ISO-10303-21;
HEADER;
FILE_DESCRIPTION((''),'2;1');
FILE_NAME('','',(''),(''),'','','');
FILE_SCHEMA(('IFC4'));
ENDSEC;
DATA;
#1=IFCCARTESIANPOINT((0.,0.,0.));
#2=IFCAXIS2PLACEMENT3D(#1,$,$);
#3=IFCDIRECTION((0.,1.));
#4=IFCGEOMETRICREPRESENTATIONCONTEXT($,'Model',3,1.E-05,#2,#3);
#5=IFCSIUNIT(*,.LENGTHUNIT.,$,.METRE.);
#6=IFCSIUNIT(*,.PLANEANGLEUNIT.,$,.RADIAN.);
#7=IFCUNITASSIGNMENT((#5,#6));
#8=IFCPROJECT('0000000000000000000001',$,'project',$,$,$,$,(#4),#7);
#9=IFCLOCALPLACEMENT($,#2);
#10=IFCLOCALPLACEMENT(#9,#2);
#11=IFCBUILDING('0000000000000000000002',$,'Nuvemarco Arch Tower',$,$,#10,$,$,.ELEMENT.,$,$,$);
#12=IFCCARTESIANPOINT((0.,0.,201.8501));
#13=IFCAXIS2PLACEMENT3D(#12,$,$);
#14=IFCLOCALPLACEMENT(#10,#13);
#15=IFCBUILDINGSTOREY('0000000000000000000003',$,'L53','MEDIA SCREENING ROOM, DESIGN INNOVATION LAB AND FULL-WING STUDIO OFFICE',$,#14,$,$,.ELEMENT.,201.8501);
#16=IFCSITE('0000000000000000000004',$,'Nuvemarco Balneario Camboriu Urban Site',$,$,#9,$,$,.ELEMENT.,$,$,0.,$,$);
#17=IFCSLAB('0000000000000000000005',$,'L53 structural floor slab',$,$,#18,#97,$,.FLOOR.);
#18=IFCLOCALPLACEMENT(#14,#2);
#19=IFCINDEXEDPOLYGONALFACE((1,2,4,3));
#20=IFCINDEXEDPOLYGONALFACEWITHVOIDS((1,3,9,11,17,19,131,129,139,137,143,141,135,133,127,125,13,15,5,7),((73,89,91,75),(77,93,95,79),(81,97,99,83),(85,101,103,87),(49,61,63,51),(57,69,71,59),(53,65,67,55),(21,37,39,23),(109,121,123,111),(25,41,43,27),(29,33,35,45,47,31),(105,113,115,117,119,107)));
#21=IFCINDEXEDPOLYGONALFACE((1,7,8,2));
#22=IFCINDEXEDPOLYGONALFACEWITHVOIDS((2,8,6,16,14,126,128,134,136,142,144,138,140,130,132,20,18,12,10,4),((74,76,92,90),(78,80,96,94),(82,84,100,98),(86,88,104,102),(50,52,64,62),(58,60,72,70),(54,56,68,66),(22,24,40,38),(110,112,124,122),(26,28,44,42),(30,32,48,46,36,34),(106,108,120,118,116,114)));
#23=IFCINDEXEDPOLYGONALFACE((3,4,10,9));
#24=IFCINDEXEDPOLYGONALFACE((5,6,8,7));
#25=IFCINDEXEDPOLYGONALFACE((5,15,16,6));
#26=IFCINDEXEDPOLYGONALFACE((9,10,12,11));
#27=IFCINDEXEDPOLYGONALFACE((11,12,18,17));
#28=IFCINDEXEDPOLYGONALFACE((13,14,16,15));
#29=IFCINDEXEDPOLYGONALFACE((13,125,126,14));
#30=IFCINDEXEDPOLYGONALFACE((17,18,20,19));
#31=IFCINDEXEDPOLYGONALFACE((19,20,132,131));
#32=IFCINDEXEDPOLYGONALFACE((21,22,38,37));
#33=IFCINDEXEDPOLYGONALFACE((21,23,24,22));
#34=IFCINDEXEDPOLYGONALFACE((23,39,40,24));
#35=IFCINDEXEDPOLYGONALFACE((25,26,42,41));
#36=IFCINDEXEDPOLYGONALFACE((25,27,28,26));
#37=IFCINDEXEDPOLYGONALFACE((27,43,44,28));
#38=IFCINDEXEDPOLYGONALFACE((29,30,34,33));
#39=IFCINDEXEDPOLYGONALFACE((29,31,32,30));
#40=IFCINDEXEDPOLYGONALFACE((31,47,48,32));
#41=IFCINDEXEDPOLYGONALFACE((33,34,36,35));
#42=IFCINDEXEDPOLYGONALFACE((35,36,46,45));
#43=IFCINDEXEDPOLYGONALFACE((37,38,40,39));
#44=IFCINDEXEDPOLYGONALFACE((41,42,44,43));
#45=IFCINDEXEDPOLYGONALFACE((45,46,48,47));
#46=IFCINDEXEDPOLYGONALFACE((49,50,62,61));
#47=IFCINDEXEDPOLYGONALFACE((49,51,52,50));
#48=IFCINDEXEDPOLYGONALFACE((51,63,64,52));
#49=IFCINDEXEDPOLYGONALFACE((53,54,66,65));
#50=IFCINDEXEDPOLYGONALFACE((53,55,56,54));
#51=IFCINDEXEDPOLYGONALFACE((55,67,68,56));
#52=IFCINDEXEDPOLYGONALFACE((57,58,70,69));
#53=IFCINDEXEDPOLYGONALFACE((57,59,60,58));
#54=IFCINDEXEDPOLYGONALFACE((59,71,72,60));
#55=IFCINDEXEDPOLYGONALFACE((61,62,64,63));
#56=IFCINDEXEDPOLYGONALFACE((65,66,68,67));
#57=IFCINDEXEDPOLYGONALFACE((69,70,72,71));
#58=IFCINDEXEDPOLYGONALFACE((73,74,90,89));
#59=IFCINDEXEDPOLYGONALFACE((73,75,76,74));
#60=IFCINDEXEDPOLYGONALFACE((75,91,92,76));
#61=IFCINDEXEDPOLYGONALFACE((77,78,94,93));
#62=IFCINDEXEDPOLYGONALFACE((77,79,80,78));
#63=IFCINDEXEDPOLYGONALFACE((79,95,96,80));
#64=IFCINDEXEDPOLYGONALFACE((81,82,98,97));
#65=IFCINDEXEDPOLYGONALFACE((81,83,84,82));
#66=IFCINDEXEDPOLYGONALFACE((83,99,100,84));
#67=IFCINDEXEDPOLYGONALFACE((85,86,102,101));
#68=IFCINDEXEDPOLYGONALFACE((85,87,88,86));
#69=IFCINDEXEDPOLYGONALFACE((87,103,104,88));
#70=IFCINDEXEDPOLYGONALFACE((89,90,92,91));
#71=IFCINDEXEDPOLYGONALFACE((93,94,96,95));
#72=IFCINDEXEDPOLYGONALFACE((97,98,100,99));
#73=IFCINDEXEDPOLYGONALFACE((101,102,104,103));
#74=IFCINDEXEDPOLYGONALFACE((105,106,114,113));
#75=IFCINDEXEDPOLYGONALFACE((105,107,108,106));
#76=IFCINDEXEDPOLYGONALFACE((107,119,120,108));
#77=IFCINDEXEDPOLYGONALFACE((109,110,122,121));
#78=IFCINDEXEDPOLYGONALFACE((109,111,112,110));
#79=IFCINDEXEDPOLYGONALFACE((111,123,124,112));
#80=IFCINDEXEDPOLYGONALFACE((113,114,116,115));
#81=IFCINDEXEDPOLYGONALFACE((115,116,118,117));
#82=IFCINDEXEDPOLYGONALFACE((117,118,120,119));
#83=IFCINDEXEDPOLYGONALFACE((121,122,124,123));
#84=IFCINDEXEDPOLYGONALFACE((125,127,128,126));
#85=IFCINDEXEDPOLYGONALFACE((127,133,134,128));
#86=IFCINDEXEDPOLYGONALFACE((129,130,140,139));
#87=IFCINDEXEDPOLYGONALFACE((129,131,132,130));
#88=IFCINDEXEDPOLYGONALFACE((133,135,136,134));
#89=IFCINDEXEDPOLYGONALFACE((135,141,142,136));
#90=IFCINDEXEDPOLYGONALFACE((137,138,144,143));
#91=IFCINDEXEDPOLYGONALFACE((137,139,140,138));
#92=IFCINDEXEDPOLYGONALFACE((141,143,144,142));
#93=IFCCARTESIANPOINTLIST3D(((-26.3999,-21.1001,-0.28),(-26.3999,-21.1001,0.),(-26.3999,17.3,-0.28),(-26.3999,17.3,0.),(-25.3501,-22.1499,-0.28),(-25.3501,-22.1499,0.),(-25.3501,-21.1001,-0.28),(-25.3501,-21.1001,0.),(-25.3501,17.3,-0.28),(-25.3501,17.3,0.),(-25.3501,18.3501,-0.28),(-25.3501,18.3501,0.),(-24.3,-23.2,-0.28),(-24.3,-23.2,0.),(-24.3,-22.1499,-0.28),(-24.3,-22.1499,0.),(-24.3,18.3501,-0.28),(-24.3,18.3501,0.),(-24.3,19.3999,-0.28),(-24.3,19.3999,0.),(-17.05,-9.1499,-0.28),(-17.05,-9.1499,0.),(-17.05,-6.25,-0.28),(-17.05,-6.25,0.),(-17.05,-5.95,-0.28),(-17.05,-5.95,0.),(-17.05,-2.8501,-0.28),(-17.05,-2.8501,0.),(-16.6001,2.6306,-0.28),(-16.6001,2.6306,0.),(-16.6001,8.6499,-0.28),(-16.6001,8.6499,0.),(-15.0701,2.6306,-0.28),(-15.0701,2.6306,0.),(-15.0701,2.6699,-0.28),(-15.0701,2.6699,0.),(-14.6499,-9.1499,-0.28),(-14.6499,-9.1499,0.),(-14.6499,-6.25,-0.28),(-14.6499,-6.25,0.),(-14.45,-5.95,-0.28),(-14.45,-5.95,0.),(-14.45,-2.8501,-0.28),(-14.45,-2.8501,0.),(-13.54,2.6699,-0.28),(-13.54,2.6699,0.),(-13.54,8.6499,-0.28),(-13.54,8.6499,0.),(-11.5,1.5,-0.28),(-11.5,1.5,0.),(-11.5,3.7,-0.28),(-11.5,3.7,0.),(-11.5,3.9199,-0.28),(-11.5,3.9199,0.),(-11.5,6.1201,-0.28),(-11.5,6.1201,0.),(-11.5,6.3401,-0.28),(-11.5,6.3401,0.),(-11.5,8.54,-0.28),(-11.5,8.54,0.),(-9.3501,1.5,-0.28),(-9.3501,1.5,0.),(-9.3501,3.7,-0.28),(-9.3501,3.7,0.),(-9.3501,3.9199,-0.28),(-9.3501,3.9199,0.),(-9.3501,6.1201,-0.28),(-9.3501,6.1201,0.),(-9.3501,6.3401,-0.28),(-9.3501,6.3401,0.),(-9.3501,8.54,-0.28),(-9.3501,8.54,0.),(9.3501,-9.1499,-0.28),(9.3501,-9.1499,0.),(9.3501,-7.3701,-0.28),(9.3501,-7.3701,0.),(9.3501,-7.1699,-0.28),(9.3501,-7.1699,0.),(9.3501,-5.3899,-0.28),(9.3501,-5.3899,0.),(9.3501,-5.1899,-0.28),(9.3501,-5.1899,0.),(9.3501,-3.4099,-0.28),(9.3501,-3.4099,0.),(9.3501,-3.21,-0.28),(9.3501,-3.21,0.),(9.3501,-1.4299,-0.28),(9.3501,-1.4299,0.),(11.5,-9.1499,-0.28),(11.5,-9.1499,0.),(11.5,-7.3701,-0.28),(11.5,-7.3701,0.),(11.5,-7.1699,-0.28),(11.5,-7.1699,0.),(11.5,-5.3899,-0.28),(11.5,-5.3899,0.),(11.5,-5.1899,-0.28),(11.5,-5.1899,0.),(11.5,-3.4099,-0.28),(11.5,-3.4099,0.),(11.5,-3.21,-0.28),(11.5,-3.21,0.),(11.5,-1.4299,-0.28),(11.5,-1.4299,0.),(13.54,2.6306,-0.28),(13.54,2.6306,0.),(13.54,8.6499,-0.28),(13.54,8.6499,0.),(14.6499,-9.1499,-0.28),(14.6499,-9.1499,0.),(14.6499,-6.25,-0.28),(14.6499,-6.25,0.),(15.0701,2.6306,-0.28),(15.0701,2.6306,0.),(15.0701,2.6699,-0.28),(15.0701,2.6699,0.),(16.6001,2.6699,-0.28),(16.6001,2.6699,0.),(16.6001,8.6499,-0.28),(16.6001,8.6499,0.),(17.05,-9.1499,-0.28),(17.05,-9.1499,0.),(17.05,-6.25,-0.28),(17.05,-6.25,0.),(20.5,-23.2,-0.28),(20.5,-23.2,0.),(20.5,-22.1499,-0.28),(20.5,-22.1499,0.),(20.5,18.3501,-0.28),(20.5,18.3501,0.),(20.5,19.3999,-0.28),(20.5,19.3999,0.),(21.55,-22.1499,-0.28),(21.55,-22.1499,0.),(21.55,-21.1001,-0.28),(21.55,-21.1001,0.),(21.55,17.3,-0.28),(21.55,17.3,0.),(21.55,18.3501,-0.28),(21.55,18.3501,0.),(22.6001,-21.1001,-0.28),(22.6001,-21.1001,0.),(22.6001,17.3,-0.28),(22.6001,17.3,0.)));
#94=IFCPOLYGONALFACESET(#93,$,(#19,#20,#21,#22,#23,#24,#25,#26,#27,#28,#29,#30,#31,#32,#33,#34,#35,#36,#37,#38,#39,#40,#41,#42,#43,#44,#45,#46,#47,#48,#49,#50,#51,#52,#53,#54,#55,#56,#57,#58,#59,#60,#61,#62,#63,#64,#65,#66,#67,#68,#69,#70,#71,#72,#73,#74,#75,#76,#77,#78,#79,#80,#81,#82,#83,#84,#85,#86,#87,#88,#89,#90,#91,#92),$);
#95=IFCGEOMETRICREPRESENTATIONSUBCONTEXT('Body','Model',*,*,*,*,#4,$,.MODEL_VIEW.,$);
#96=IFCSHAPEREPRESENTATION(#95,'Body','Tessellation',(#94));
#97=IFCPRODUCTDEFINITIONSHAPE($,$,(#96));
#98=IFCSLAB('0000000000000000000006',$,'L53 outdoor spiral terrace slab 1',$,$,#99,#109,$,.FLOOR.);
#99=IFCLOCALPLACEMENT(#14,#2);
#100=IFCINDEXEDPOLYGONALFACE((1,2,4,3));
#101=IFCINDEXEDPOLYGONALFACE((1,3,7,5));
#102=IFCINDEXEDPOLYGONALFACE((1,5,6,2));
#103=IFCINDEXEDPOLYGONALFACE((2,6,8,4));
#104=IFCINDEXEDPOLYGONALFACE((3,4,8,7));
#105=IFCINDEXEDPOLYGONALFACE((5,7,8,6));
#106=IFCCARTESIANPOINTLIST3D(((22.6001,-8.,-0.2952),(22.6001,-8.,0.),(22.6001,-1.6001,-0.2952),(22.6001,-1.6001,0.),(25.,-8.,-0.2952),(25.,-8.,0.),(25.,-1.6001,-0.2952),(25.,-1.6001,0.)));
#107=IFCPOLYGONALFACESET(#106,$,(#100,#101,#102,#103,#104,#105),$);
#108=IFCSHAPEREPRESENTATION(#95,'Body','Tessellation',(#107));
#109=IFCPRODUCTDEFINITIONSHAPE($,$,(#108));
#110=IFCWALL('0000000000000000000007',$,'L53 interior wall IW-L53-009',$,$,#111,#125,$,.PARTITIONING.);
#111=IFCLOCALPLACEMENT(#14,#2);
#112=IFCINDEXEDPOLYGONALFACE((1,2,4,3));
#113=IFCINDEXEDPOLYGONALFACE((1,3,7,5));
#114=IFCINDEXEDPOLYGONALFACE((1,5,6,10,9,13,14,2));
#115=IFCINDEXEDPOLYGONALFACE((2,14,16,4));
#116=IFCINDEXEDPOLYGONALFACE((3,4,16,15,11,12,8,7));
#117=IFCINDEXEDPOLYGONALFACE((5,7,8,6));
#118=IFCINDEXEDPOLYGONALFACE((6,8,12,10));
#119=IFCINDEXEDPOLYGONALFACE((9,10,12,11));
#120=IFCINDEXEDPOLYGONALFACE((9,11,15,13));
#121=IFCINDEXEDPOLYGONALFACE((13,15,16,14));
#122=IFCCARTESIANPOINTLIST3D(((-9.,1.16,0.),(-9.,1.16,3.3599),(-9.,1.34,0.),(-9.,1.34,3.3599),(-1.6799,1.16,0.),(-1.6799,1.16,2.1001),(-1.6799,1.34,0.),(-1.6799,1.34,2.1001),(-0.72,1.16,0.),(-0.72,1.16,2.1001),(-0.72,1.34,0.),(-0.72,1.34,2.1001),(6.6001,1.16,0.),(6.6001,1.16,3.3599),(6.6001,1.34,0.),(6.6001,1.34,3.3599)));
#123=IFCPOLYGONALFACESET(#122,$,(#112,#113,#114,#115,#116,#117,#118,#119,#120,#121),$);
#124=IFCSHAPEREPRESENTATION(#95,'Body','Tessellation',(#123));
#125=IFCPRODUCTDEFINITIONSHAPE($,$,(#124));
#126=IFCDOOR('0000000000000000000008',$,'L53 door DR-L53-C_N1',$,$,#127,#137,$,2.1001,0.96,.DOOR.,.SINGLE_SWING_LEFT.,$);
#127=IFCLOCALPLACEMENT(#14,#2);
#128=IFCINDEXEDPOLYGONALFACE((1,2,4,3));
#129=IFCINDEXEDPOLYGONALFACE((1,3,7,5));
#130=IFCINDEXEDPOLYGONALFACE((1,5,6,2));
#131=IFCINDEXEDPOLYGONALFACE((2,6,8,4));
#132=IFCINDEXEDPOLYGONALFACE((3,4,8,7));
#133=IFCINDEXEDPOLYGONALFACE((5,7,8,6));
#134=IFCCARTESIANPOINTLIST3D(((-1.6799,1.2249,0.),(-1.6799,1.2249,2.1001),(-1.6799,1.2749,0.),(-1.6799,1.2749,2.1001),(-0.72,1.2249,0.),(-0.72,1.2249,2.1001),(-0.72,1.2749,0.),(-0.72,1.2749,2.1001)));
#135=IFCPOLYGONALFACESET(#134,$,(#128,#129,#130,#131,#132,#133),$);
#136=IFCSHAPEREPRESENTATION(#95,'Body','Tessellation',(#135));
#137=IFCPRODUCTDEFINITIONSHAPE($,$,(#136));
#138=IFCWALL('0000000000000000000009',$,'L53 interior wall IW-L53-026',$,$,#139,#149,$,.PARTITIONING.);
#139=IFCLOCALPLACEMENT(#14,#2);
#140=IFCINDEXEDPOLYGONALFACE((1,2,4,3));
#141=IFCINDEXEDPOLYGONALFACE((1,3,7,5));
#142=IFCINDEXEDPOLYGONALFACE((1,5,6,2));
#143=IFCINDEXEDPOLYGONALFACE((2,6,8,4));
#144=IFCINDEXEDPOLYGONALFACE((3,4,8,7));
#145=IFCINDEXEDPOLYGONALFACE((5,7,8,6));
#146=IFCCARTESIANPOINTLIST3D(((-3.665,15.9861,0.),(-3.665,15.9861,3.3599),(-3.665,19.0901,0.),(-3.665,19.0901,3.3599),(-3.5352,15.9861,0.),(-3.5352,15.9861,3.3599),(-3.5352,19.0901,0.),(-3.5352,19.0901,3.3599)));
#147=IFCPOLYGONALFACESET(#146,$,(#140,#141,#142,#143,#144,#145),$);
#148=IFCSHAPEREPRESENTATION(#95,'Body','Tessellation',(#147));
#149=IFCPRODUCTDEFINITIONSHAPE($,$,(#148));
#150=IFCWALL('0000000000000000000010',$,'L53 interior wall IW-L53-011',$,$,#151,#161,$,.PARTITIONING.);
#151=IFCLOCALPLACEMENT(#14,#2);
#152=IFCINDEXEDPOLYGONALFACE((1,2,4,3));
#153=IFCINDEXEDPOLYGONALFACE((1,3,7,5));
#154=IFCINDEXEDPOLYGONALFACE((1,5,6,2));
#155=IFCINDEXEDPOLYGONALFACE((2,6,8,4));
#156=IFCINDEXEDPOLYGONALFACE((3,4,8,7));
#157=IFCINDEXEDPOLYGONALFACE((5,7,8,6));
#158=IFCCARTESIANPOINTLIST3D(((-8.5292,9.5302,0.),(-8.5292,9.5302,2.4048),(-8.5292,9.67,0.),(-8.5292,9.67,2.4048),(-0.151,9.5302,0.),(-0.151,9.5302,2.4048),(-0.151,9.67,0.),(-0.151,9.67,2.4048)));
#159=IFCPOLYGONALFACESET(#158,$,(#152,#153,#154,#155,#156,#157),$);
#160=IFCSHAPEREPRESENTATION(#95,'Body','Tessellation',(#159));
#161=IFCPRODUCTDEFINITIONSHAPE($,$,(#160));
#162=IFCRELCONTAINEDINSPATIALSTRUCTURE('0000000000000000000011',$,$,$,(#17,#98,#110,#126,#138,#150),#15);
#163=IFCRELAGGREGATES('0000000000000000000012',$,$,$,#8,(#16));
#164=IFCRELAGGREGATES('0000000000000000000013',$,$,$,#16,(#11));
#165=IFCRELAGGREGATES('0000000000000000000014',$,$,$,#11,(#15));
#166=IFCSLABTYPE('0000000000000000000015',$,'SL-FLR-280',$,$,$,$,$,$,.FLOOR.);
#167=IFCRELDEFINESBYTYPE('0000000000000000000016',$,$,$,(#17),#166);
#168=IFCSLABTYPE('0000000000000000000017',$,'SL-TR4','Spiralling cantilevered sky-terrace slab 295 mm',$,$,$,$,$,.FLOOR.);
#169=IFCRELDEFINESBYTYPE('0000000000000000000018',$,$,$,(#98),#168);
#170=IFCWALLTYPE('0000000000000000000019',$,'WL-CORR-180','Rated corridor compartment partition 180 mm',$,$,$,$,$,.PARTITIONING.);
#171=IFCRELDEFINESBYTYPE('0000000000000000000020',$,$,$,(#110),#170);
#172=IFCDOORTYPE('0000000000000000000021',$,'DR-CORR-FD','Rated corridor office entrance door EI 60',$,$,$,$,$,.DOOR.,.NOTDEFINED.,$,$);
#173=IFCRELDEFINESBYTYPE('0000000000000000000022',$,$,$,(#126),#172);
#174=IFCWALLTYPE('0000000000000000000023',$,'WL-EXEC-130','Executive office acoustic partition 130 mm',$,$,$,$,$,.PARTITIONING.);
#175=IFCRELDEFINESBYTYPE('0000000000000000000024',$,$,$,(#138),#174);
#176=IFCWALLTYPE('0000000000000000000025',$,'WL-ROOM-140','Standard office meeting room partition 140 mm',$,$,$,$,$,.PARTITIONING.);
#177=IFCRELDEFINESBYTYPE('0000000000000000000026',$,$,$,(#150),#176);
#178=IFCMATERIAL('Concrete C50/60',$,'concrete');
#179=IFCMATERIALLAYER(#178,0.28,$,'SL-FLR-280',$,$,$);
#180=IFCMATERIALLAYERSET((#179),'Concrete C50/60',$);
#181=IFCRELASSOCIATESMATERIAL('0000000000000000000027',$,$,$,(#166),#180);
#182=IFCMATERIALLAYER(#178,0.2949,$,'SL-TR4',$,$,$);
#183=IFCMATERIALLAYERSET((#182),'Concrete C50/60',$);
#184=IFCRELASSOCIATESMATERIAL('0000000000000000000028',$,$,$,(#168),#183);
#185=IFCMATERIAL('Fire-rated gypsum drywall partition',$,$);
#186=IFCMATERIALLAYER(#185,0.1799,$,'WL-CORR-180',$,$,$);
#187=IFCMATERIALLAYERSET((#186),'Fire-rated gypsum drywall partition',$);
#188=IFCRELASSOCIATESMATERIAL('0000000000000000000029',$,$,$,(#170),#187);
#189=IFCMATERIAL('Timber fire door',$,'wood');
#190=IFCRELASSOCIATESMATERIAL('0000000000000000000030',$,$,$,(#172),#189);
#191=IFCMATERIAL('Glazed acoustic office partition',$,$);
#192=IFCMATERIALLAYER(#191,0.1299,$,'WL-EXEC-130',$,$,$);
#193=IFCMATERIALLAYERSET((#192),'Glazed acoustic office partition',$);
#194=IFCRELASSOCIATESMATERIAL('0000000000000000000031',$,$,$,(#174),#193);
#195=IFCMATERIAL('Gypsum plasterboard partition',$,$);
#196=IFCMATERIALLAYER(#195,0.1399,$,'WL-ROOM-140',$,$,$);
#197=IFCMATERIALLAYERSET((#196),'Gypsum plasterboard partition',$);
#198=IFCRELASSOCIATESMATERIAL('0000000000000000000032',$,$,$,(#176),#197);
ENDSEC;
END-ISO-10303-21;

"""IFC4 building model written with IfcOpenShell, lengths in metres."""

from ifc_helpers import new_model, si_unit, direction, frame, frame_2d, origin, place, context, subcontext, project, spatial, polyline, rectangle, outline, extrude, source, transform, mapped, material, layer, layer_set, type_object, type_shapes, element, fill, save


model = new_model("IFC4")

# Units and contexts
model_context = context("Model", 3, precision=1e-05, world=origin(), true_north=direction((0.0, 1.0)))
body_context = subcontext(model_context, "Body", "Model", "MODEL_VIEW")
ifc_project = project(units=[si_unit("LENGTHUNIT", "METRE"), si_unit("PLANEANGLEUNIT", "RADIAN")], contexts=[model_context])

# Site, building, storey
site_placement = place(None, origin())
site = spatial("IfcSite", under=ifc_project, at=site_placement, Name="Nuvemarco Balneario Camboriu Urban Site", CompositionType="ELEMENT", RefElevation=0.0)
building_placement = place(site_placement, origin())
building = spatial("IfcBuilding", under=site, at=building_placement, Name="Nuvemarco Arch Tower", CompositionType="ELEMENT")
storey_placement = place(building_placement, frame((0.0, 0.0, 201.8501)))
storey = spatial("IfcBuildingStorey", under=building, at=storey_placement, Name="L53", Description="MEDIA SCREENING ROOM, DESIGN INNOVATION LAB AND FULL-WING STUDIO OFFICE", CompositionType="ELEMENT", Elevation=201.8501)

# Shared definitions
ifc_material_1 = material(Name="Concrete C50/60", Category="concrete")

# Slabs
ifc_layer_1 = layer(ifc_material_1, 0.28, Name="SL-FLR-280")
ifc_layer_set_1 = layer_set([ifc_layer_1], Name="Concrete C50/60")
slab_type_1 = type_object("IfcSlabType", Name="SL-FLR-280", PredefinedType="FLOOR", material=ifc_layer_set_1)
slab_1_placement = place(storey_placement, frame((0.0, 0.0, -0.28)))
element("IfcSlab", 1, at=slab_1_placement, inside=storey, type_object=slab_type_1, Name="L53 structural floor slab", PredefinedType="FLOOR", context=body_context, shape_type="SweptSolid", body=[
    extrude(outline(polyline([(-24.3, -23.2), (20.5, -23.2), (20.5, -22.1499), (21.55, -22.1499), (21.55, -21.1001), (22.6001, -21.1001), (22.6001, 17.3), (21.55, 17.3), (21.55, 18.3501), (20.5, 18.3501), (20.5, 19.3999), (-24.3, 19.3999), (-24.3, 18.3501), (-25.3501, 18.3501), (-25.3501, 17.3), (-26.3999, 17.3), (-26.3999, -21.1001), (-25.3501, -21.1001), (-25.3501, -22.1499), (-24.3, -22.1499), (-24.3, -23.2)]), holes=[polyline([(-13.54, 2.6699), (-13.54, 8.6499), (-16.6001, 8.6499), (-16.6001, 2.6306), (-15.0701, 2.6306), (-15.0701, 2.6699), (-13.54, 2.6699)]), polyline([(16.6001, 2.6699), (16.6001, 8.6499), (13.54, 8.6499), (13.54, 2.6306), (15.0701, 2.6306), (15.0701, 2.6699), (16.6001, 2.6699)]), polyline([(-17.05, -9.1499), (-14.6499, -9.1499), (-14.6499, -6.25), (-17.05, -6.25), (-17.05, -9.1499)]), polyline([(-17.05, -5.95), (-14.45, -5.95), (-14.45, -2.8501), (-17.05, -2.8501), (-17.05, -5.95)]), polyline([(-11.5, 1.5), (-9.3501, 1.5), (-9.3501, 3.7), (-11.5, 3.7), (-11.5, 1.5)]), polyline([(-11.5, 3.9199), (-9.3501, 3.9199), (-9.3501, 6.1201), (-11.5, 6.1201), (-11.5, 3.9199)]), polyline([(-11.5, 6.3401), (-9.3501, 6.3401), (-9.3501, 8.54), (-11.5, 8.54), (-11.5, 6.3401)]), polyline([(14.6499, -9.1499), (17.05, -9.1499), (17.05, -6.25), (14.6499, -6.25), (14.6499, -9.1499)]), polyline([(9.3501, -9.1499), (11.5, -9.1499), (11.5, -7.3701), (9.3501, -7.3701), (9.3501, -9.1499)]), polyline([(9.3501, -7.1699), (11.5, -7.1699), (11.5, -5.3899), (9.3501, -5.3899), (9.3501, -7.1699)]), polyline([(9.3501, -5.1899), (11.5, -5.1899), (11.5, -3.4099), (9.3501, -3.4099), (9.3501, -5.1899)]), polyline([(9.3501, -3.21), (11.5, -3.21), (11.5, -1.4299), (9.3501, -1.4299), (9.3501, -3.21)])]), origin(), (0.0, 0.0, 1.0), 0.28),
])
ifc_layer_2 = layer(ifc_material_1, 0.2949, Name="SL-TR4")
ifc_layer_set_2 = layer_set([ifc_layer_2], Name="Concrete C50/60")
slab_type_2 = type_object("IfcSlabType", Name="SL-TR4", Description="Spiralling cantilevered sky-terrace slab 295 mm", PredefinedType="FLOOR", material=ifc_layer_set_2)
slab_2_placement = place(storey_placement, frame((0.0, 0.0, -0.2952)))
element("IfcSlab", 2, at=slab_2_placement, inside=storey, type_object=slab_type_2, Name="L53 outdoor spiral terrace slab 1", PredefinedType="FLOOR", context=body_context, shape_type="SweptSolid", body=[
    extrude(outline(polyline([(22.6001, -8.0), (25.0, -8.0), (25.0, -1.6001), (22.6001, -1.6001), (22.6001, -8.0)])), origin(), (0.0, 0.0, 1.0), 0.2952),
])

# Wall, opening, door
ifc_material_2 = material(Name="Fire-rated gypsum drywall partition")
ifc_layer_3 = layer(ifc_material_2, 0.1799, Name="WL-CORR-180")
ifc_layer_set_3 = layer_set([ifc_layer_3], Name="Fire-rated gypsum drywall partition")
wall_type_1 = type_object("IfcWallType", Name="WL-CORR-180", Description="Rated corridor compartment partition 180 mm", PredefinedType="PARTITIONING", material=ifc_layer_set_3)
wall_1_placement = place(storey_placement, frame((-9.0, 1.25, 0.0), z_axis=(0.0, 0.0, 1.0), x_axis=(1.0, 0.0, 0.0)))
wall_1 = element("IfcWall", 3, at=wall_1_placement, inside=storey, type_object=wall_type_1, Name="L53 interior wall IW-L53-009", PredefinedType="PARTITIONING", context=body_context, shape_type="SweptSolid", body=[
    extrude(rectangle(XDim=15.6001, YDim=0.1799, at=frame_2d((7.8, 0.0))), origin(), (0.0, 0.0, 1.0), 3.3599),
])
opening_1_placement = place(wall_1_placement, frame((7.3201, 0.0, 0.0)))
opening_1 = element("IfcOpeningElement", 4, at=opening_1_placement, cuts=wall_1, PredefinedType="OPENING", context=body_context, shape_type="SweptSolid", body=[
    extrude(rectangle(XDim=0.96, YDim=2.1001, at=frame_2d((0.48, 1.05))), frame((0.0, 0.0999, 0.0), z_axis=(0.0, -1.0, 0.0), x_axis=(1.0, 0.0, 0.0)), (0.0, 0.0, 1.0), 0.2),
])
ifc_material_3 = material(Name="Timber fire door", Category="wood")
door_type_1 = type_object("IfcDoorType", Name="DR-CORR-FD", Description="Rated corridor office entrance door EI 60", OperationType="NOTDEFINED", PredefinedType="DOOR", material=ifc_material_3)
shared_shape_1 = source(origin(), body_context, "Body", "SweptSolid", [
    extrude(rectangle(XDim=0.96, YDim=2.1001, at=frame_2d((0.48, 1.05))), frame((0.0, 0.0249, 0.0), z_axis=(0.0, -1.0, 0.0), x_axis=(1.0, 0.0, 0.0)), (0.0, 0.0, 1.0), 0.05),
])
type_shapes(door_type_1, [shared_shape_1])
door_1_placement = place(opening_1_placement, origin())
door_1 = element("IfcDoor", 5, at=door_1_placement, inside=storey, type_object=door_type_1, Name="L53 door DR-L53-C_N1", OperationType="SINGLE_SWING_LEFT", OverallHeight=2.1001, OverallWidth=0.96, PredefinedType="DOOR", context=body_context, shape_type="MappedRepresentation", body=[
    mapped(shared_shape_1, transform((0.0, 0.0, 0.0), scale=1.0)),
])
fill(opening_1, door_1)

# Walls
ifc_material_4 = material(Name="Glazed acoustic office partition")
ifc_layer_4 = layer(ifc_material_4, 0.1299, Name="WL-EXEC-130")
ifc_layer_set_4 = layer_set([ifc_layer_4], Name="Glazed acoustic office partition")
wall_type_2 = type_object("IfcWallType", Name="WL-EXEC-130", Description="Executive office acoustic partition 130 mm", PredefinedType="PARTITIONING", material=ifc_layer_set_4)
wall_2_placement = place(storey_placement, frame((-3.6001, 15.9861, 0.0), z_axis=(0.0, 0.0, 1.0), x_axis=(0.0, 1.0, 0.0)))
element("IfcWall", 6, at=wall_2_placement, inside=storey, type_object=wall_type_2, Name="L53 interior wall IW-L53-026", PredefinedType="PARTITIONING", context=body_context, shape_type="SweptSolid", body=[
    extrude(rectangle(XDim=3.104, YDim=0.1299, at=frame_2d((1.552, 0.0))), origin(), (0.0, 0.0, 1.0), 3.3599),
])
ifc_material_5 = material(Name="Gypsum plasterboard partition")
ifc_layer_5 = layer(ifc_material_5, 0.1399, Name="WL-ROOM-140")
ifc_layer_set_5 = layer_set([ifc_layer_5], Name="Gypsum plasterboard partition")
wall_type_3 = type_object("IfcWallType", Name="WL-ROOM-140", Description="Standard office meeting room partition 140 mm", PredefinedType="PARTITIONING", material=ifc_layer_set_5)
wall_3_placement = place(storey_placement, frame((-8.5291, 9.6001, 0.0), z_axis=(0.0, 0.0, 1.0), x_axis=(1.0, 0.0, 0.0)))
element("IfcWall", 7, at=wall_3_placement, inside=storey, type_object=wall_type_3, Name="L53 interior wall IW-L53-011", PredefinedType="PARTITIONING", context=body_context, shape_type="SweptSolid", body=[
    extrude(rectangle(XDim=8.3782, YDim=0.1399, at=frame_2d((4.189, 0.0))), origin(), (0.0, 0.0, 1.0), 2.4048),
])

save(model, "model.ifc")
